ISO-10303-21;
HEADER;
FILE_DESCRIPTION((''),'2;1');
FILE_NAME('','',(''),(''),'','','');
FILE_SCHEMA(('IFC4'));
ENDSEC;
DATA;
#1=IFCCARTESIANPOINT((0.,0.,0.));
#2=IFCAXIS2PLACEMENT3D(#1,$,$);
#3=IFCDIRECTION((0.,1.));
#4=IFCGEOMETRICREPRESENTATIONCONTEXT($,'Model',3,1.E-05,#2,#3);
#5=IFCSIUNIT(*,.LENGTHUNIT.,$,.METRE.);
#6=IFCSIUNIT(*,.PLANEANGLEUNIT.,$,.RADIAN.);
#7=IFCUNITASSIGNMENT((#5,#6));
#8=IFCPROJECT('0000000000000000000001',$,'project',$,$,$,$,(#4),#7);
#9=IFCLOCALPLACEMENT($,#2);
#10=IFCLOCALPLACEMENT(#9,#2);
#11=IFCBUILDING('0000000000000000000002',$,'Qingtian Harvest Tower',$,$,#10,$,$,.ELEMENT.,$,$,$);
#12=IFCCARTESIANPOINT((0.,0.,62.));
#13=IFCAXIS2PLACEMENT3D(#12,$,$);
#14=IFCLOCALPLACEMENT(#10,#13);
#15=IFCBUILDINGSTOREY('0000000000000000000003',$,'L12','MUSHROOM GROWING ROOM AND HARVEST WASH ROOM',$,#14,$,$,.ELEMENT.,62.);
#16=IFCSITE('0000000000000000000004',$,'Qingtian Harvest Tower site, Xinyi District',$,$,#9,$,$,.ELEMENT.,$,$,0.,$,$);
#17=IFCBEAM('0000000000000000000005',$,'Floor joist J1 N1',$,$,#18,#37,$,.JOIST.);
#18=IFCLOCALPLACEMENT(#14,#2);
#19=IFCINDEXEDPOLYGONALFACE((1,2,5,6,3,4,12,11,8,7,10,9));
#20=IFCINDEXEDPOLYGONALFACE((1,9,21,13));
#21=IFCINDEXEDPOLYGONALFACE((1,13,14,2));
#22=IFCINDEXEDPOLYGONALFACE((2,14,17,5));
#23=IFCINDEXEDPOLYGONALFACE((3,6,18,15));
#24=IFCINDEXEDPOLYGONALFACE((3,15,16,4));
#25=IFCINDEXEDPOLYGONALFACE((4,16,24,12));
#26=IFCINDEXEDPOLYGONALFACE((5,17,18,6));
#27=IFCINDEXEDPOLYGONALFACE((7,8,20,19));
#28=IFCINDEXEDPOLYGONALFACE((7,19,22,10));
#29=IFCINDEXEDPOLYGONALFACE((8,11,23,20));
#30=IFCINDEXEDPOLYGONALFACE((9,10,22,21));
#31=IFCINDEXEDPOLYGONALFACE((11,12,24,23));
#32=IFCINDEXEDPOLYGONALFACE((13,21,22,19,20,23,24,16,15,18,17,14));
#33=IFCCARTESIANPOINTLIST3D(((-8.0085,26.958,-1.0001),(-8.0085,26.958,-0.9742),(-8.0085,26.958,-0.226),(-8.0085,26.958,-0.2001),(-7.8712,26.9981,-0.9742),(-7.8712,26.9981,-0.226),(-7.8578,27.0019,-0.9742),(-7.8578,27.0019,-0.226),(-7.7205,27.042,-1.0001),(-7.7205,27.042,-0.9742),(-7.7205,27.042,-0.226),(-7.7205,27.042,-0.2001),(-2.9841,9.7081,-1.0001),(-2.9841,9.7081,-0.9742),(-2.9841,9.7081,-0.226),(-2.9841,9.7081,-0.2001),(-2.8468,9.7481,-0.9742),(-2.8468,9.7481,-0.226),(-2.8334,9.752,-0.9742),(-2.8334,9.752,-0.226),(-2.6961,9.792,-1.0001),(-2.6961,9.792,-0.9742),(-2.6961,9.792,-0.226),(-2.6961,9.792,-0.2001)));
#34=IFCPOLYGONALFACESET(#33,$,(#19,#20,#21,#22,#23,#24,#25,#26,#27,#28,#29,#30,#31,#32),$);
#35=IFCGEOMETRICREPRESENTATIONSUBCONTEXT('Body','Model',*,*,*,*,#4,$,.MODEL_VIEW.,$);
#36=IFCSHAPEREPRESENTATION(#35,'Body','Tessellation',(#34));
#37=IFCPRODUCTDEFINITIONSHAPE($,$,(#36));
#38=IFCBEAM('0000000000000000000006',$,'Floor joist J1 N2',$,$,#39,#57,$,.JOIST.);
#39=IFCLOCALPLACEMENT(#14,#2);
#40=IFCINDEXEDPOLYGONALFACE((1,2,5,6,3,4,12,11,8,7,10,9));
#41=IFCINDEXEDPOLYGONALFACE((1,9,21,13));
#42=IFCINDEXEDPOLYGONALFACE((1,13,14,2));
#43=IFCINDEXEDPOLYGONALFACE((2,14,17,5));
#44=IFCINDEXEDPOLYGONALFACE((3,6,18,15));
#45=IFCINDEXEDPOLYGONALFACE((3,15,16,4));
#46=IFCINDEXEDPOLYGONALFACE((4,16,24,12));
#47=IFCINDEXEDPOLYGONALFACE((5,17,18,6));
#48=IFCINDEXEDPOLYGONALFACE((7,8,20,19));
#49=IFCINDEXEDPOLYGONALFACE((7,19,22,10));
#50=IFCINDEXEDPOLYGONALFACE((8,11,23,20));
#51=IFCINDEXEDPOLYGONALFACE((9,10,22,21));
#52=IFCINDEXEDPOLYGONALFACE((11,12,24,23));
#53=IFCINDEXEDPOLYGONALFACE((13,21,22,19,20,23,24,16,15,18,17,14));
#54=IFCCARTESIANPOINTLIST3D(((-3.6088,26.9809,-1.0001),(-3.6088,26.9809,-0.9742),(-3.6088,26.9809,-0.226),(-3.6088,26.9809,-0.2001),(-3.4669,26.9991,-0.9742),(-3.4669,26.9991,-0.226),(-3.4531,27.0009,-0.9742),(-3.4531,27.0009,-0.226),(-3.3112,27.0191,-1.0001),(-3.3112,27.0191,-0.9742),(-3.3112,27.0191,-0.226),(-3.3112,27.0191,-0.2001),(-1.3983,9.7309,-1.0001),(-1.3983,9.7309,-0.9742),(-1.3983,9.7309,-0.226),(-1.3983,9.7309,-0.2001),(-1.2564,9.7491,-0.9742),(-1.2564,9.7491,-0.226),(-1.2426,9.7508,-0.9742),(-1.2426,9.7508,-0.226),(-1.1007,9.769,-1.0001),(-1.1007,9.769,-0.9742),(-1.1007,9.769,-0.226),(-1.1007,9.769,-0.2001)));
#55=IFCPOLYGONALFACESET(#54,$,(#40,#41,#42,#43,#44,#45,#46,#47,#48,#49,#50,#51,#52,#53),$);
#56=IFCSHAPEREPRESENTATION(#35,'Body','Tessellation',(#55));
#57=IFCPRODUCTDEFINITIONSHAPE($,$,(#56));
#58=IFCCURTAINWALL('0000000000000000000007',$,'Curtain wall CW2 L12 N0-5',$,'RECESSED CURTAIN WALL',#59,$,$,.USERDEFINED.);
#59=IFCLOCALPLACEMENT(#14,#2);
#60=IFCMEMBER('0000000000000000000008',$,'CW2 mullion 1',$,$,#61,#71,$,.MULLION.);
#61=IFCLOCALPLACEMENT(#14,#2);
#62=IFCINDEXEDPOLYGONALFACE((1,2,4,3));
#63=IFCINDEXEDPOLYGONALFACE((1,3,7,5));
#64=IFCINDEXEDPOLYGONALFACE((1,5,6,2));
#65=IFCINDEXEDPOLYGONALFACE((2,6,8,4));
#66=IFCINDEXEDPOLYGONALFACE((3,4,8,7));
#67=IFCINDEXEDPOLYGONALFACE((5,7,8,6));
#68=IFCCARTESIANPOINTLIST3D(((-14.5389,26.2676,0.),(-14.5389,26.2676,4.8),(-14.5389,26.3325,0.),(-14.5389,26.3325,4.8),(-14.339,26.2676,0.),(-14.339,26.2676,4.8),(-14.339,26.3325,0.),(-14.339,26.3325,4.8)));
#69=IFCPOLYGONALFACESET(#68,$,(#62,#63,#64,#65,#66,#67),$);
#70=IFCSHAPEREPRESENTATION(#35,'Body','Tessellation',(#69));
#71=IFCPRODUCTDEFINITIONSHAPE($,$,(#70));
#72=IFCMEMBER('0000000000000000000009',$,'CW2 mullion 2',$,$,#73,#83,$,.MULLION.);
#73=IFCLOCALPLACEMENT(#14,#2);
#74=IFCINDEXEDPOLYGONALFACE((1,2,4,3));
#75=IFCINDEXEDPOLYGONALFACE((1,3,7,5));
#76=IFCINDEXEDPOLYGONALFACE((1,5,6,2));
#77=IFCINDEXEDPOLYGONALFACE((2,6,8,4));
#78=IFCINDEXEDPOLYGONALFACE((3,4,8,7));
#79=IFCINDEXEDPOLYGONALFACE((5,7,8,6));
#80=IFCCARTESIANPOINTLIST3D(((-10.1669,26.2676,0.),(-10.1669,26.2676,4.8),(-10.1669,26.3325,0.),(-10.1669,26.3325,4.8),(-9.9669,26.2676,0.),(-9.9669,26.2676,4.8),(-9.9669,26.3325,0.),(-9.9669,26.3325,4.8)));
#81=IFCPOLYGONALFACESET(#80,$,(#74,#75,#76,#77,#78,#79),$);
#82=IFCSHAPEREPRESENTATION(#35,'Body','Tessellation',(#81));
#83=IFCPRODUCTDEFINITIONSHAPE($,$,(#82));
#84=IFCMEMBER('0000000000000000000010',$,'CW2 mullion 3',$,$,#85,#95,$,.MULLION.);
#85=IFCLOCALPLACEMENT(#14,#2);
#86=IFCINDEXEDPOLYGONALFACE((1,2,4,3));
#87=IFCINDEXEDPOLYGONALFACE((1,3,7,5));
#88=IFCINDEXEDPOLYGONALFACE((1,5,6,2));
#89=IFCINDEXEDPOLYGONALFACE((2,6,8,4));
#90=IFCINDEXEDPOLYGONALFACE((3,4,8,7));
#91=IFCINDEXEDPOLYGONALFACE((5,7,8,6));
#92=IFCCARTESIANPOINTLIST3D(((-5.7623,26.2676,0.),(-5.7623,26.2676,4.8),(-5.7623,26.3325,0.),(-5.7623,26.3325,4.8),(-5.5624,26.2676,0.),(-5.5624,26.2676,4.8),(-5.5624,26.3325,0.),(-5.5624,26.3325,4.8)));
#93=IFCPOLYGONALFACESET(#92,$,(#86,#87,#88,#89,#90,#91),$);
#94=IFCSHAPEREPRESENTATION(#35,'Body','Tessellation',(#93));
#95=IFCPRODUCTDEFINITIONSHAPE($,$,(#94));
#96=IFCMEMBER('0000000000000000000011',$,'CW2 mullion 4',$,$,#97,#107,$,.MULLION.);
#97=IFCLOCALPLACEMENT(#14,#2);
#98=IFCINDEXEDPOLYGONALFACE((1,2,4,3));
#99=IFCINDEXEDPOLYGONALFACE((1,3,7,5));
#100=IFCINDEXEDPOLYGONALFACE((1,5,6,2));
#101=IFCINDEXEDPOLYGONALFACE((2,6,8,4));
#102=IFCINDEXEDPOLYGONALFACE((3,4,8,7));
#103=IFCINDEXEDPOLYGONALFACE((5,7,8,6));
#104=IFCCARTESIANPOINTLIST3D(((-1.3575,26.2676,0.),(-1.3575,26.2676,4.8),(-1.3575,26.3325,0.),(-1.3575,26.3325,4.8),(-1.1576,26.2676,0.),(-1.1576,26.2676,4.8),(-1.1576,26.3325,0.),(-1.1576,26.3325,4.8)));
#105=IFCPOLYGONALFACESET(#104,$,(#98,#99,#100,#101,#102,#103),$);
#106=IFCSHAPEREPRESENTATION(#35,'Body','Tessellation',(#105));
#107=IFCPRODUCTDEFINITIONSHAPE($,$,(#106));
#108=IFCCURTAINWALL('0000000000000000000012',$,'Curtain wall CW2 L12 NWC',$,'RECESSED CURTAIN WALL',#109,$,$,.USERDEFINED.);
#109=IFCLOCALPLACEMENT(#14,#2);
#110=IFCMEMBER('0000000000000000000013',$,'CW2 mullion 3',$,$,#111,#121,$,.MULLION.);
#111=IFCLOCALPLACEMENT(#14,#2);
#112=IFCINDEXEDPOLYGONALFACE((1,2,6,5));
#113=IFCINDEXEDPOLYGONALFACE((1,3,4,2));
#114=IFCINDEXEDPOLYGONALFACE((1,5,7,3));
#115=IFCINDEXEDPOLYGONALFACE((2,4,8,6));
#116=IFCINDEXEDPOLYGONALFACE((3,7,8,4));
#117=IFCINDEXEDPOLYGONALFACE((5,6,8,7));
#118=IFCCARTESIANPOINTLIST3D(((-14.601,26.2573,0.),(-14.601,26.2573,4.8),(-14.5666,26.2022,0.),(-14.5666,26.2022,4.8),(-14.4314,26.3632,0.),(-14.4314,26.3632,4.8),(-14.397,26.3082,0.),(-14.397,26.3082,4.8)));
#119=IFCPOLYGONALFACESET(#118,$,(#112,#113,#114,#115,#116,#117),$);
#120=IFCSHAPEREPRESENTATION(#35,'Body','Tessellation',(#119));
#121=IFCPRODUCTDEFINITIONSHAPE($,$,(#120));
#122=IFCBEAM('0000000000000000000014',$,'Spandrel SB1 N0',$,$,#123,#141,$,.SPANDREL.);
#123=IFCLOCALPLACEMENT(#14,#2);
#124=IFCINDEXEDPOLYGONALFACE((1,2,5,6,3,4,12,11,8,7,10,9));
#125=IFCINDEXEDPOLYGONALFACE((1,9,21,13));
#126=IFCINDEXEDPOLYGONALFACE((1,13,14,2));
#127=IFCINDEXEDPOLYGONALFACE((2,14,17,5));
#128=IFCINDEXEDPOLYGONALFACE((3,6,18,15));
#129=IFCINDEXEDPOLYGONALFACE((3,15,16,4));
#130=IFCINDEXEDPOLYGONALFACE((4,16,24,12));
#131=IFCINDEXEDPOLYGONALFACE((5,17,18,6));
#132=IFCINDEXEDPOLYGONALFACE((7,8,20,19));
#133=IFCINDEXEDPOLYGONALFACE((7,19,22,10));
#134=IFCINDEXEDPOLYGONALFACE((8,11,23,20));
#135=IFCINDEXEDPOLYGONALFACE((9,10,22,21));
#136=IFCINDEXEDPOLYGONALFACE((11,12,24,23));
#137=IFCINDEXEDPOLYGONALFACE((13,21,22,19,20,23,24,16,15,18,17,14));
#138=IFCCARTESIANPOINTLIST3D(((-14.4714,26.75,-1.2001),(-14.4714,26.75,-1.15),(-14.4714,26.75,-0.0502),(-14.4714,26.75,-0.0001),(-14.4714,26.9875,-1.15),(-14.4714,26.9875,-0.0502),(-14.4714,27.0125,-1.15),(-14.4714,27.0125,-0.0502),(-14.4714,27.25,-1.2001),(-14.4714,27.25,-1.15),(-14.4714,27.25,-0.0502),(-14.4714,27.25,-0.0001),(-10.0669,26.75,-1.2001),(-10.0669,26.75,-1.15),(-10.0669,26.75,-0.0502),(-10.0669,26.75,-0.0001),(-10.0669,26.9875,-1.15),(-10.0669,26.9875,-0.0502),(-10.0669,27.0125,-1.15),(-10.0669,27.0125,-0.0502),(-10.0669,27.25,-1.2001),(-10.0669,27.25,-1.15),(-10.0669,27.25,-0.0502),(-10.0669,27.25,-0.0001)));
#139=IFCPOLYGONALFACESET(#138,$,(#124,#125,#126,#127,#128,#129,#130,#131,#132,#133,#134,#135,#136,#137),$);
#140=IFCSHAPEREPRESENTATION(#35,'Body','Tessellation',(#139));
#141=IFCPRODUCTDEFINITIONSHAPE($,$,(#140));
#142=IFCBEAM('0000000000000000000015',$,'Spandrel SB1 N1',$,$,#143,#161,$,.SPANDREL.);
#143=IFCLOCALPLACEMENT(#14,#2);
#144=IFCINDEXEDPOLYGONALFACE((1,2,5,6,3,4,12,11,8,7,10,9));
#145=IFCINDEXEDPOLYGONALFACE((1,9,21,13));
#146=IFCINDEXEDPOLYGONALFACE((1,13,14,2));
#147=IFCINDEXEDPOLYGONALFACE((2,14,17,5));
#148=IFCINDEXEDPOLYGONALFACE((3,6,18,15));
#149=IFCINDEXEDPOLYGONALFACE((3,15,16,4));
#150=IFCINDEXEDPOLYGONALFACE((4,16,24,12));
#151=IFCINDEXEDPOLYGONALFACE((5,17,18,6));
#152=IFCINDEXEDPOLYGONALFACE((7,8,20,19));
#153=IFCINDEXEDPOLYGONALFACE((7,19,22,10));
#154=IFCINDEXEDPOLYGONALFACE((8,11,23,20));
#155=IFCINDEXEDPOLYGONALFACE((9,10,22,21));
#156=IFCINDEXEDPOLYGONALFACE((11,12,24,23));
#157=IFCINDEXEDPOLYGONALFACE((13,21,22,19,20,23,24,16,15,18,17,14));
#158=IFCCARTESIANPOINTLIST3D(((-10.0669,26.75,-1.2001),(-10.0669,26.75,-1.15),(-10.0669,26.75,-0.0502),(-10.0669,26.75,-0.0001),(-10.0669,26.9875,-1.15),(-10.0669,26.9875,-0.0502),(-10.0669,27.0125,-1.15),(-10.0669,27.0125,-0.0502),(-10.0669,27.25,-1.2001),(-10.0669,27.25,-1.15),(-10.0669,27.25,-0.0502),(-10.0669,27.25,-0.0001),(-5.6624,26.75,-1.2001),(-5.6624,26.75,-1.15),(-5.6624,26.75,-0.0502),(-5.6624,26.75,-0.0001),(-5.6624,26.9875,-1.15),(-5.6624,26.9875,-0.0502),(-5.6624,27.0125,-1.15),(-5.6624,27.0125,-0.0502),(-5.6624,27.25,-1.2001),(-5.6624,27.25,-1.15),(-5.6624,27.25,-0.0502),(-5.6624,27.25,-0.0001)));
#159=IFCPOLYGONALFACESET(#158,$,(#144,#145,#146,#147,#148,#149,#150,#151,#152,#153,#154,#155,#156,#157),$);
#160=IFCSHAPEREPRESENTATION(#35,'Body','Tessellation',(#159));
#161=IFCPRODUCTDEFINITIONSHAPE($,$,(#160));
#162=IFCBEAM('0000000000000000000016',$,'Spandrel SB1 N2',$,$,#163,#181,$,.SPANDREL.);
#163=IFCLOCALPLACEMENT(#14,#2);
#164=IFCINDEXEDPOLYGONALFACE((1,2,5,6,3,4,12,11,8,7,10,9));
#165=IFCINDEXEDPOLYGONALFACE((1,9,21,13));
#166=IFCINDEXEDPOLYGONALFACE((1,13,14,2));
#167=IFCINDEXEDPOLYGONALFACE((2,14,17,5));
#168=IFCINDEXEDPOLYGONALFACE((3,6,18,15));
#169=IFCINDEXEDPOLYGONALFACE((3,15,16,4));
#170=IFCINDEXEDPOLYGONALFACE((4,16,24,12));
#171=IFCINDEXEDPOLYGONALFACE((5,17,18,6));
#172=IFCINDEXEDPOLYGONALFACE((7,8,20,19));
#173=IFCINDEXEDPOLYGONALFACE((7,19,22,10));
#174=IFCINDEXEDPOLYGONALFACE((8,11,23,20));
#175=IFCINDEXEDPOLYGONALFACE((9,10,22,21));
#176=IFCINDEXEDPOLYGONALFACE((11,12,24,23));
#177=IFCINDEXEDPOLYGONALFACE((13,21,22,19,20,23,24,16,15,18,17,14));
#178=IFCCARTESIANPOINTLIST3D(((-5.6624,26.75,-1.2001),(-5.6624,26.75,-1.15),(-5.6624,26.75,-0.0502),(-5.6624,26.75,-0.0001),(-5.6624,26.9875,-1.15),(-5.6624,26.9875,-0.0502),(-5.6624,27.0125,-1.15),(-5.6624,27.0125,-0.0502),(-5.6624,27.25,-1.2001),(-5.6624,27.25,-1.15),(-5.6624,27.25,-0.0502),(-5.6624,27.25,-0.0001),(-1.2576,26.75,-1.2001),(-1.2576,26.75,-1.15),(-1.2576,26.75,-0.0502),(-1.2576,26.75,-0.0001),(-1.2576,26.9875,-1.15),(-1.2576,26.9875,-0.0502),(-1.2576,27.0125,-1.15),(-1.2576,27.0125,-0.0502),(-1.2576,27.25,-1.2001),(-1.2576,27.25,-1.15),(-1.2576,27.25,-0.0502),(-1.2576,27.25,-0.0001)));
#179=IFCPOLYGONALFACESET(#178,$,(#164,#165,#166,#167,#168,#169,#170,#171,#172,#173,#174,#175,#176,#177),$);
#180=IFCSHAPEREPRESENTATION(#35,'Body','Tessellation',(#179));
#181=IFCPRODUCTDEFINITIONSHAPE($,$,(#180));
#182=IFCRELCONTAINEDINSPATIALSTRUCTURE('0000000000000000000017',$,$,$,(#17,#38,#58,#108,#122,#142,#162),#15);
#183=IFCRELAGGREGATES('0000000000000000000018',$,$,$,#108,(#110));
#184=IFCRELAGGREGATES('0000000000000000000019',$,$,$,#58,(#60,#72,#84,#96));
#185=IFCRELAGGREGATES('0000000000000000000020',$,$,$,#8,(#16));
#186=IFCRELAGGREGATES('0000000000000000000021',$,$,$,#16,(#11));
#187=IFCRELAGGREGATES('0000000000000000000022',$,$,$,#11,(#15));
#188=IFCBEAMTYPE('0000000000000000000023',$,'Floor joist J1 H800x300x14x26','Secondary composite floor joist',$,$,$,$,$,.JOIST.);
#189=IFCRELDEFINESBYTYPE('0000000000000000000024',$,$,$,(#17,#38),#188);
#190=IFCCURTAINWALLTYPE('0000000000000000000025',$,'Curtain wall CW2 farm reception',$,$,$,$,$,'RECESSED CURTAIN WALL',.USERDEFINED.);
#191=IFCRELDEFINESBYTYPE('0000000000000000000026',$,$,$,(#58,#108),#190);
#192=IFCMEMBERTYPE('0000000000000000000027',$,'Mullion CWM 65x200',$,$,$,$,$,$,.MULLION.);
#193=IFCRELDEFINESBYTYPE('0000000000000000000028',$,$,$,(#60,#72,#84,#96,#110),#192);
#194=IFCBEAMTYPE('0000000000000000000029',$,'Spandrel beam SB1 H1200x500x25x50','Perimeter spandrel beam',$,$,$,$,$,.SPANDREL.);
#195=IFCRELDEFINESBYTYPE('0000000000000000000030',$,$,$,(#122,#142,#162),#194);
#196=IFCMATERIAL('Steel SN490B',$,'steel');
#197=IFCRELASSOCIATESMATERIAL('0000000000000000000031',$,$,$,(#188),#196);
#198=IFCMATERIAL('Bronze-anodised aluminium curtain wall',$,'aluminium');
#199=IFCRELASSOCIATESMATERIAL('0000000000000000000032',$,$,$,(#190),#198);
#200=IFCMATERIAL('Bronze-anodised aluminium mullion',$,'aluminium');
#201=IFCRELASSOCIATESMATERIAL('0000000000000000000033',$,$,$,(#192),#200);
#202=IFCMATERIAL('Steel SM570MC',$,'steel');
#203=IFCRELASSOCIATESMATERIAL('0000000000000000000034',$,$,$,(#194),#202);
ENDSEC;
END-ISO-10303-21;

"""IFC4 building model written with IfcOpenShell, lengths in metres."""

from ifc_helpers import new_model, si_unit, direction, frame, origin, origin_2d, place, context, subcontext, project, spatial, rectangle, i_section, extrude, material, material_profile, profile_set, type_object, element, aggregate, save


model = new_model("IFC4")

# Units and contexts
model_context = context("Model", 3, precision=1e-05, world=origin(), true_north=direction((0.0, 1.0)))
body_context = subcontext(model_context, "Body", "Model", "MODEL_VIEW")
ifc_project = project(units=[si_unit("LENGTHUNIT", "METRE"), si_unit("PLANEANGLEUNIT", "RADIAN")], contexts=[model_context])

# Site, building, storey
site_placement = place(None, origin())
site = spatial("IfcSite", under=ifc_project, at=site_placement, Name="Qingtian Harvest Tower site, Xinyi District", CompositionType="ELEMENT", RefElevation=0.0)
building_placement = place(site_placement, origin())
building = spatial("IfcBuilding", under=site, at=building_placement, Name="Qingtian Harvest Tower", CompositionType="ELEMENT")
storey_placement = place(building_placement, frame((0.0, 0.0, 62.0)))
storey = spatial("IfcBuildingStorey", under=building, at=storey_placement, Name="L12", Description="MUSHROOM GROWING ROOM AND HARVEST WASH ROOM", CompositionType="ELEMENT", Elevation=62.0)

# Beams
ifc_material_1 = material(Name="Steel SN490B", Category="steel")
ifc_material_profile_1 = material_profile(ifc_material_1, i_section(OverallWidth=0.3, OverallDepth=0.8, WebThickness=0.0139, FlangeThickness=0.0259, at=origin_2d()), Name="H800x300x14x26")
ifc_profile_set_1 = profile_set([ifc_material_profile_1], Name="Steel SN490B")
beam_type_1 = type_object("IfcBeamType", Name="Floor joist J1 H800x300x14x26", Description="Secondary composite floor joist", PredefinedType="JOIST", material=ifc_profile_set_1)
beam_1_placement = place(storey_placement, frame((-7.8645, 27.0, -0.6001), z_axis=(0.279649, -0.960102, 0.0), x_axis=(0.960102, 0.279649, 0.0)))
element("IfcBeam", 1, at=beam_1_placement, inside=storey, type_object=beam_type_1, Name="Floor joist J1 N1", PredefinedType="JOIST", context=body_context, shape_type="SweptSolid", body=[
    extrude(i_section(OverallWidth=0.3, OverallDepth=0.8, WebThickness=0.0139, FlangeThickness=0.0259, at=origin_2d()), origin(), (0.0, 0.0, 1.0), 17.9668),
])
beam_2_placement = place(storey_placement, frame((-3.46, 27.0, -0.6001), z_axis=(0.127103, -0.99189, 0.0), x_axis=(0.99189, 0.127103, 0.0)))
element("IfcBeam", 2, at=beam_2_placement, inside=storey, type_object=beam_type_1, Name="Floor joist J1 N2", PredefinedType="JOIST", context=body_context, shape_type="SweptSolid", body=[
    extrude(i_section(OverallWidth=0.3, OverallDepth=0.8, WebThickness=0.0139, FlangeThickness=0.0259, at=origin_2d()), origin(), (0.0, 0.0, 1.0), 17.3911),
])

# Curtain wall, members
ifc_material_2 = material(Name="Bronze-anodised aluminium curtain wall", Category="aluminium")
curtain_wall_type = type_object("IfcCurtainWallType", Name="Curtain wall CW2 farm reception", ElementType="RECESSED CURTAIN WALL", PredefinedType="USERDEFINED", material=ifc_material_2)
curtain_wall_1_placement = place(storey_placement, origin())
curtain_wall_1 = element("IfcCurtainWall", 3, at=curtain_wall_1_placement, inside=storey, type_object=curtain_wall_type, Name="Curtain wall CW2 L12 N0-5", ObjectType="RECESSED CURTAIN WALL", PredefinedType="USERDEFINED")
ifc_material_3 = material(Name="Bronze-anodised aluminium mullion", Category="aluminium")
ifc_material_profile_2 = material_profile(ifc_material_3, rectangle(XDim=0.0649, YDim=0.2, at=origin_2d()), Name="AL 65x200")
ifc_profile_set_2 = profile_set([ifc_material_profile_2], Name="Bronze-anodised aluminium mullion")
member_type_1 = type_object("IfcMemberType", Name="Mullion CWM 65x200", PredefinedType="MULLION", material=ifc_profile_set_2)
member_1_placement = place(storey_placement, frame((-14.439, 26.3, 0.0), z_axis=(0.0, 0.0, 1.0), x_axis=(0.0, 1.0, 0.0)))
member_1 = element("IfcMember", 4, at=member_1_placement, type_object=member_type_1, Name="CW2 mullion 1", PredefinedType="MULLION", context=body_context, shape_type="SweptSolid", body=[
    extrude(rectangle(XDim=0.0649, YDim=0.2, at=origin_2d()), origin(), (0.0, 0.0, 1.0), 4.8),
])
member_2_placement = place(storey_placement, frame((-10.0669, 26.3, 0.0), z_axis=(0.0, 0.0, 1.0), x_axis=(0.0, 1.0, 0.0)))
member_2 = element("IfcMember", 5, at=member_2_placement, type_object=member_type_1, Name="CW2 mullion 2", PredefinedType="MULLION", context=body_context, shape_type="SweptSolid", body=[
    extrude(rectangle(XDim=0.0649, YDim=0.2, at=origin_2d()), origin(), (0.0, 0.0, 1.0), 4.8),
])
member_3_placement = place(storey_placement, frame((-5.6624, 26.3, 0.0), z_axis=(0.0, 0.0, 1.0), x_axis=(0.0, 1.0, 0.0)))
member_3 = element("IfcMember", 6, at=member_3_placement, type_object=member_type_1, Name="CW2 mullion 3", PredefinedType="MULLION", context=body_context, shape_type="SweptSolid", body=[
    extrude(rectangle(XDim=0.0649, YDim=0.2, at=origin_2d()), origin(), (0.0, 0.0, 1.0), 4.8),
])
member_4_placement = place(storey_placement, frame((-1.2576, 26.3, 0.0), z_axis=(0.0, 0.0, 1.0), x_axis=(0.0, 1.0, 0.0)))
member_4 = element("IfcMember", 7, at=member_4_placement, type_object=member_type_1, Name="CW2 mullion 4", PredefinedType="MULLION", context=body_context, shape_type="SweptSolid", body=[
    extrude(rectangle(XDim=0.0649, YDim=0.2, at=origin_2d()), origin(), (0.0, 0.0, 1.0), 4.8),
])

# Curtain wall, member
curtain_wall_2_placement = place(storey_placement, origin())
curtain_wall_2 = element("IfcCurtainWall", 8, at=curtain_wall_2_placement, inside=storey, type_object=curtain_wall_type, Name="Curtain wall CW2 L12 NWC", ObjectType="RECESSED CURTAIN WALL", PredefinedType="USERDEFINED")
member_5_placement = place(storey_placement, frame((-14.499, 26.2827, 0.0), z_axis=(0.0, 0.0, 1.0), x_axis=(-0.529919, 0.848048, 0.0)))
member_5 = element("IfcMember", 9, at=member_5_placement, type_object=member_type_1, Name="CW2 mullion 3", PredefinedType="MULLION", context=body_context, shape_type="SweptSolid", body=[
    extrude(rectangle(XDim=0.0649, YDim=0.2, at=origin_2d()), origin(), (0.0, 0.0, 1.0), 4.8),
])
aggregate(curtain_wall_2, [member_5])

# Beams
ifc_material_4 = material(Name="Steel SM570MC", Category="steel")
ifc_material_profile_3 = material_profile(ifc_material_4, i_section(OverallWidth=0.5, OverallDepth=1.2, WebThickness=0.0249, FlangeThickness=0.05, at=origin_2d()), Name="H1200x500x25x50")
ifc_profile_set_3 = profile_set([ifc_material_profile_3], Name="Steel SM570MC")
beam_type_2 = type_object("IfcBeamType", Name="Spandrel beam SB1 H1200x500x25x50", Description="Perimeter spandrel beam", PredefinedType="SPANDREL", material=ifc_profile_set_3)
for number, where, z_axis, x_axis, name in (
    (10, (-14.4714, 27.0, -0.6001), (1.0, 0.0, 0.0), (0.0, 1.0, 0.0), "Spandrel SB1 N0"),
    (11, (-10.0669, 27.0, -0.6001), (1.0, 0.0, 0.0), (0.0, 1.0, 0.0), "Spandrel SB1 N1"),
):
    element("IfcBeam", number, at=place(storey_placement, frame(where, z_axis=z_axis, x_axis=x_axis)), inside=storey, type_object=beam_type_2, Name=name, PredefinedType="SPANDREL", context=body_context, shape_type="SweptSolid", body=[
        extrude(i_section(OverallWidth=0.5, OverallDepth=1.2, WebThickness=0.0249, FlangeThickness=0.05, at=origin_2d()), origin(), (0.0, 0.0, 1.0), 4.4045),
    ])
beam_3_placement = place(storey_placement, frame((-5.6624, 27.0, -0.6001), z_axis=(1.0, 0.0, 0.0), x_axis=(0.0, 1.0, 0.0)))
element("IfcBeam", 12, at=beam_3_placement, inside=storey, type_object=beam_type_2, Name="Spandrel SB1 N2", PredefinedType="SPANDREL", context=body_context, shape_type="SweptSolid", body=[
    extrude(i_section(OverallWidth=0.5, OverallDepth=1.2, WebThickness=0.0249, FlangeThickness=0.05, at=origin_2d()), origin(), (0.0, 0.0, 1.0), 4.4048),
])

aggregate(curtain_wall_1, [member_1, member_2, member_3, member_4])

save(model, "model.ifc")
